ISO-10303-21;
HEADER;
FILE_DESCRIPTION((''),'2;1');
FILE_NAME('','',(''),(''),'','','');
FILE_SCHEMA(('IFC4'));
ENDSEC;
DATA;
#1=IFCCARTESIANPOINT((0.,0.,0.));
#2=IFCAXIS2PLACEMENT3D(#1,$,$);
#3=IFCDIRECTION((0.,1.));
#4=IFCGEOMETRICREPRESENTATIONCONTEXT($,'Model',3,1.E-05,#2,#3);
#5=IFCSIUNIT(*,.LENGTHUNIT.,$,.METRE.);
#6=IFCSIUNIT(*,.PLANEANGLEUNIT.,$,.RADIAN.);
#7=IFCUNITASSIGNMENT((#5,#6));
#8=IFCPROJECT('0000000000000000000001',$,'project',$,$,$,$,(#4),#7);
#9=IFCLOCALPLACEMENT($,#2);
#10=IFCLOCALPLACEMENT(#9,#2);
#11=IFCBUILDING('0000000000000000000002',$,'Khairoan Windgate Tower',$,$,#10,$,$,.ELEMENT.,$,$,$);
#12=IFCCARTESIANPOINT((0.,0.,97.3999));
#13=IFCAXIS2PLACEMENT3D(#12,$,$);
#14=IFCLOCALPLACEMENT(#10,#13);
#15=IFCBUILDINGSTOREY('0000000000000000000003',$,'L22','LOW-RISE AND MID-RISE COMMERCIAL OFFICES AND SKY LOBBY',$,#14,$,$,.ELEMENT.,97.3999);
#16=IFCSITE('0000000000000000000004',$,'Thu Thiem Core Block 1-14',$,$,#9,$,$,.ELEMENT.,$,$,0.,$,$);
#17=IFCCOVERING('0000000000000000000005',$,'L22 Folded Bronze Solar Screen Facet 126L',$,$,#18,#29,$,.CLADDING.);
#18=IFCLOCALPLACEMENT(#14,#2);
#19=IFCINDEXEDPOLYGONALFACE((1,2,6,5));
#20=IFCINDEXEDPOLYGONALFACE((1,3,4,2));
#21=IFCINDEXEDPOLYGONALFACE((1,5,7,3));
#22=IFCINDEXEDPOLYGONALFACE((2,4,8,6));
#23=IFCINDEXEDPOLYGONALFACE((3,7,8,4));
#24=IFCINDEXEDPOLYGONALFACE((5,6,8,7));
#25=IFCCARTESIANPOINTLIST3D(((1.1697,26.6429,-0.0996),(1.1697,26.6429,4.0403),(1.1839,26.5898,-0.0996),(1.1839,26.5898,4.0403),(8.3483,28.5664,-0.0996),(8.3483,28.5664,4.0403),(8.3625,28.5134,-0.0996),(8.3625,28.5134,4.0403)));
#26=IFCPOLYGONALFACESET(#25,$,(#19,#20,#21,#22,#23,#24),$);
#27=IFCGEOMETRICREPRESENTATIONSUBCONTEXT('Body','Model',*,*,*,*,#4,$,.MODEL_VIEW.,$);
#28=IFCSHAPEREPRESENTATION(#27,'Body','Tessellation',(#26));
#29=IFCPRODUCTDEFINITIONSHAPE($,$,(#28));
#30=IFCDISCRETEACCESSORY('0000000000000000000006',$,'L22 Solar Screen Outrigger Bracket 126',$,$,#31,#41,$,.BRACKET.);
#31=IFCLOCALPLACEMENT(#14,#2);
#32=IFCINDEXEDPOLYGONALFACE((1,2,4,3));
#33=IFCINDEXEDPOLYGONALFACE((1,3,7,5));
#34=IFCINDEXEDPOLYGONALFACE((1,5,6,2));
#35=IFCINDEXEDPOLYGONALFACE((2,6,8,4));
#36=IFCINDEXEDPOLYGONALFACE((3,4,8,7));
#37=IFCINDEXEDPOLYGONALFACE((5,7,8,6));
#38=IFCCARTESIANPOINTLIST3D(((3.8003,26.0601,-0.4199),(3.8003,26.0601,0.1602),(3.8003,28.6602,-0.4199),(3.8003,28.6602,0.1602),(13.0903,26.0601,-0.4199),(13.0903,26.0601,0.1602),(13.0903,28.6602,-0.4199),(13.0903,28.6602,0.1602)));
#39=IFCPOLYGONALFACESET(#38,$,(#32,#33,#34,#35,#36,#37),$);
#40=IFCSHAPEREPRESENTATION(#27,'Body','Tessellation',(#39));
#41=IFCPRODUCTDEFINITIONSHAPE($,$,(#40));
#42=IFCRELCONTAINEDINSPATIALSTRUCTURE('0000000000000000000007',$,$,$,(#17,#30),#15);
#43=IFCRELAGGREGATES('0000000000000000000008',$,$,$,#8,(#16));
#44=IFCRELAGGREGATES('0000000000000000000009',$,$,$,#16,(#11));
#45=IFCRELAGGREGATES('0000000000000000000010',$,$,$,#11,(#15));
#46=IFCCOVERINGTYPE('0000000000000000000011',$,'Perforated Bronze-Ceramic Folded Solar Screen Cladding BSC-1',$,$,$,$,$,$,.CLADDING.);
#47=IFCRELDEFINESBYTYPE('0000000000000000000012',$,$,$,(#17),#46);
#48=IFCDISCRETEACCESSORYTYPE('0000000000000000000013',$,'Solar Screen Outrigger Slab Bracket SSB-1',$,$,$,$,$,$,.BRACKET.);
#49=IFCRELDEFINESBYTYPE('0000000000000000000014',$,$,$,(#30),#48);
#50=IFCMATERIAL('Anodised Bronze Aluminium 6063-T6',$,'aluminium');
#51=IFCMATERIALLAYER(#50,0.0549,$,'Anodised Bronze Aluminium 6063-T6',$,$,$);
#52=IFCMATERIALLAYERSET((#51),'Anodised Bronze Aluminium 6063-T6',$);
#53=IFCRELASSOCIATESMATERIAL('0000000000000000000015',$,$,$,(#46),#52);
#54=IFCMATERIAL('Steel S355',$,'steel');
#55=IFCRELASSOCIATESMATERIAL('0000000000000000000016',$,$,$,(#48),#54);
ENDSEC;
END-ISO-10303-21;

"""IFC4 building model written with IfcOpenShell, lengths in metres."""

from ifc_helpers import new_model, si_unit, direction, frame, origin, origin_2d, place, context, subcontext, project, spatial, rectangle, extrude, material, layer, layer_set, type_object, element, save


model = new_model("IFC4")

# Units and contexts
model_context = context("Model", 3, precision=1e-05, world=origin(), true_north=direction((0.0, 1.0)))
body_context = subcontext(model_context, "Body", "Model", "MODEL_VIEW")
ifc_project = project(units=[si_unit("LENGTHUNIT", "METRE"), si_unit("PLANEANGLEUNIT", "RADIAN")], contexts=[model_context])

# Site, building, storey
site_placement = place(None, origin())
site = spatial("IfcSite", under=ifc_project, at=site_placement, Name="Thu Thiem Core Block 1-14", CompositionType="ELEMENT", RefElevation=0.0)
building_placement = place(site_placement, origin())
building = spatial("IfcBuilding", under=site, at=building_placement, Name="Khairoan Windgate Tower", CompositionType="ELEMENT")
storey_placement = place(building_placement, frame((0.0, 0.0, 97.3999)))
storey = spatial("IfcBuildingStorey", under=building, at=storey_placement, Name="L22", Description="LOW-RISE AND MID-RISE COMMERCIAL OFFICES AND SKY LOBBY", CompositionType="ELEMENT", Elevation=97.3999)

# Covering
ifc_material_1 = material(Name="Anodised Bronze Aluminium 6063-T6", Category="aluminium")
ifc_layer_1 = layer(ifc_material_1, 0.0549, Name="Anodised Bronze Aluminium 6063-T6")
ifc_layer_set_1 = layer_set([ifc_layer_1], Name="Anodised Bronze Aluminium 6063-T6")
covering_type = type_object("IfcCoveringType", Name="Perforated Bronze-Ceramic Folded Solar Screen Cladding BSC-1", PredefinedType="CLADDING", material=ifc_layer_set_1)
covering_placement = place(storey_placement, frame((4.7661, 27.5781, -0.0996), z_axis=(0.0, 0.0, 1.0), x_axis=(0.965926, 0.258819, 0.0)))
element("IfcCovering", 1, at=covering_placement, inside=storey, type_object=covering_type, Name="L22 Folded Bronze Solar Screen Facet 126L", PredefinedType="CLADDING", context=body_context, shape_type="SweptSolid", body=[
    extrude(rectangle(XDim=7.4319, YDim=0.0549, at=origin_2d()), origin(), (0.0, 0.0, 1.0), 4.1399),
])

# Discrete accessory
ifc_material_2 = material(Name="Steel S355", Category="steel")
discrete_accessory_type = type_object("IfcDiscreteAccessoryType", Name="Solar Screen Outrigger Slab Bracket SSB-1", PredefinedType="BRACKET", material=ifc_material_2)
discrete_accessory_placement = place(storey_placement, frame((8.4453, 27.3601, -0.4199), z_axis=(0.0, 0.0, 1.0), x_axis=(1.0, 0.0, 0.0)))
element("IfcDiscreteAccessory", 2, at=discrete_accessory_placement, inside=storey, type_object=discrete_accessory_type, Name="L22 Solar Screen Outrigger Bracket 126", PredefinedType="BRACKET", context=body_context, shape_type="SweptSolid", body=[
    extrude(rectangle(XDim=9.29, YDim=2.6001, at=origin_2d()), origin(), (0.0, 0.0, 1.0), 0.5801),
])

save(model, "model.ifc")
